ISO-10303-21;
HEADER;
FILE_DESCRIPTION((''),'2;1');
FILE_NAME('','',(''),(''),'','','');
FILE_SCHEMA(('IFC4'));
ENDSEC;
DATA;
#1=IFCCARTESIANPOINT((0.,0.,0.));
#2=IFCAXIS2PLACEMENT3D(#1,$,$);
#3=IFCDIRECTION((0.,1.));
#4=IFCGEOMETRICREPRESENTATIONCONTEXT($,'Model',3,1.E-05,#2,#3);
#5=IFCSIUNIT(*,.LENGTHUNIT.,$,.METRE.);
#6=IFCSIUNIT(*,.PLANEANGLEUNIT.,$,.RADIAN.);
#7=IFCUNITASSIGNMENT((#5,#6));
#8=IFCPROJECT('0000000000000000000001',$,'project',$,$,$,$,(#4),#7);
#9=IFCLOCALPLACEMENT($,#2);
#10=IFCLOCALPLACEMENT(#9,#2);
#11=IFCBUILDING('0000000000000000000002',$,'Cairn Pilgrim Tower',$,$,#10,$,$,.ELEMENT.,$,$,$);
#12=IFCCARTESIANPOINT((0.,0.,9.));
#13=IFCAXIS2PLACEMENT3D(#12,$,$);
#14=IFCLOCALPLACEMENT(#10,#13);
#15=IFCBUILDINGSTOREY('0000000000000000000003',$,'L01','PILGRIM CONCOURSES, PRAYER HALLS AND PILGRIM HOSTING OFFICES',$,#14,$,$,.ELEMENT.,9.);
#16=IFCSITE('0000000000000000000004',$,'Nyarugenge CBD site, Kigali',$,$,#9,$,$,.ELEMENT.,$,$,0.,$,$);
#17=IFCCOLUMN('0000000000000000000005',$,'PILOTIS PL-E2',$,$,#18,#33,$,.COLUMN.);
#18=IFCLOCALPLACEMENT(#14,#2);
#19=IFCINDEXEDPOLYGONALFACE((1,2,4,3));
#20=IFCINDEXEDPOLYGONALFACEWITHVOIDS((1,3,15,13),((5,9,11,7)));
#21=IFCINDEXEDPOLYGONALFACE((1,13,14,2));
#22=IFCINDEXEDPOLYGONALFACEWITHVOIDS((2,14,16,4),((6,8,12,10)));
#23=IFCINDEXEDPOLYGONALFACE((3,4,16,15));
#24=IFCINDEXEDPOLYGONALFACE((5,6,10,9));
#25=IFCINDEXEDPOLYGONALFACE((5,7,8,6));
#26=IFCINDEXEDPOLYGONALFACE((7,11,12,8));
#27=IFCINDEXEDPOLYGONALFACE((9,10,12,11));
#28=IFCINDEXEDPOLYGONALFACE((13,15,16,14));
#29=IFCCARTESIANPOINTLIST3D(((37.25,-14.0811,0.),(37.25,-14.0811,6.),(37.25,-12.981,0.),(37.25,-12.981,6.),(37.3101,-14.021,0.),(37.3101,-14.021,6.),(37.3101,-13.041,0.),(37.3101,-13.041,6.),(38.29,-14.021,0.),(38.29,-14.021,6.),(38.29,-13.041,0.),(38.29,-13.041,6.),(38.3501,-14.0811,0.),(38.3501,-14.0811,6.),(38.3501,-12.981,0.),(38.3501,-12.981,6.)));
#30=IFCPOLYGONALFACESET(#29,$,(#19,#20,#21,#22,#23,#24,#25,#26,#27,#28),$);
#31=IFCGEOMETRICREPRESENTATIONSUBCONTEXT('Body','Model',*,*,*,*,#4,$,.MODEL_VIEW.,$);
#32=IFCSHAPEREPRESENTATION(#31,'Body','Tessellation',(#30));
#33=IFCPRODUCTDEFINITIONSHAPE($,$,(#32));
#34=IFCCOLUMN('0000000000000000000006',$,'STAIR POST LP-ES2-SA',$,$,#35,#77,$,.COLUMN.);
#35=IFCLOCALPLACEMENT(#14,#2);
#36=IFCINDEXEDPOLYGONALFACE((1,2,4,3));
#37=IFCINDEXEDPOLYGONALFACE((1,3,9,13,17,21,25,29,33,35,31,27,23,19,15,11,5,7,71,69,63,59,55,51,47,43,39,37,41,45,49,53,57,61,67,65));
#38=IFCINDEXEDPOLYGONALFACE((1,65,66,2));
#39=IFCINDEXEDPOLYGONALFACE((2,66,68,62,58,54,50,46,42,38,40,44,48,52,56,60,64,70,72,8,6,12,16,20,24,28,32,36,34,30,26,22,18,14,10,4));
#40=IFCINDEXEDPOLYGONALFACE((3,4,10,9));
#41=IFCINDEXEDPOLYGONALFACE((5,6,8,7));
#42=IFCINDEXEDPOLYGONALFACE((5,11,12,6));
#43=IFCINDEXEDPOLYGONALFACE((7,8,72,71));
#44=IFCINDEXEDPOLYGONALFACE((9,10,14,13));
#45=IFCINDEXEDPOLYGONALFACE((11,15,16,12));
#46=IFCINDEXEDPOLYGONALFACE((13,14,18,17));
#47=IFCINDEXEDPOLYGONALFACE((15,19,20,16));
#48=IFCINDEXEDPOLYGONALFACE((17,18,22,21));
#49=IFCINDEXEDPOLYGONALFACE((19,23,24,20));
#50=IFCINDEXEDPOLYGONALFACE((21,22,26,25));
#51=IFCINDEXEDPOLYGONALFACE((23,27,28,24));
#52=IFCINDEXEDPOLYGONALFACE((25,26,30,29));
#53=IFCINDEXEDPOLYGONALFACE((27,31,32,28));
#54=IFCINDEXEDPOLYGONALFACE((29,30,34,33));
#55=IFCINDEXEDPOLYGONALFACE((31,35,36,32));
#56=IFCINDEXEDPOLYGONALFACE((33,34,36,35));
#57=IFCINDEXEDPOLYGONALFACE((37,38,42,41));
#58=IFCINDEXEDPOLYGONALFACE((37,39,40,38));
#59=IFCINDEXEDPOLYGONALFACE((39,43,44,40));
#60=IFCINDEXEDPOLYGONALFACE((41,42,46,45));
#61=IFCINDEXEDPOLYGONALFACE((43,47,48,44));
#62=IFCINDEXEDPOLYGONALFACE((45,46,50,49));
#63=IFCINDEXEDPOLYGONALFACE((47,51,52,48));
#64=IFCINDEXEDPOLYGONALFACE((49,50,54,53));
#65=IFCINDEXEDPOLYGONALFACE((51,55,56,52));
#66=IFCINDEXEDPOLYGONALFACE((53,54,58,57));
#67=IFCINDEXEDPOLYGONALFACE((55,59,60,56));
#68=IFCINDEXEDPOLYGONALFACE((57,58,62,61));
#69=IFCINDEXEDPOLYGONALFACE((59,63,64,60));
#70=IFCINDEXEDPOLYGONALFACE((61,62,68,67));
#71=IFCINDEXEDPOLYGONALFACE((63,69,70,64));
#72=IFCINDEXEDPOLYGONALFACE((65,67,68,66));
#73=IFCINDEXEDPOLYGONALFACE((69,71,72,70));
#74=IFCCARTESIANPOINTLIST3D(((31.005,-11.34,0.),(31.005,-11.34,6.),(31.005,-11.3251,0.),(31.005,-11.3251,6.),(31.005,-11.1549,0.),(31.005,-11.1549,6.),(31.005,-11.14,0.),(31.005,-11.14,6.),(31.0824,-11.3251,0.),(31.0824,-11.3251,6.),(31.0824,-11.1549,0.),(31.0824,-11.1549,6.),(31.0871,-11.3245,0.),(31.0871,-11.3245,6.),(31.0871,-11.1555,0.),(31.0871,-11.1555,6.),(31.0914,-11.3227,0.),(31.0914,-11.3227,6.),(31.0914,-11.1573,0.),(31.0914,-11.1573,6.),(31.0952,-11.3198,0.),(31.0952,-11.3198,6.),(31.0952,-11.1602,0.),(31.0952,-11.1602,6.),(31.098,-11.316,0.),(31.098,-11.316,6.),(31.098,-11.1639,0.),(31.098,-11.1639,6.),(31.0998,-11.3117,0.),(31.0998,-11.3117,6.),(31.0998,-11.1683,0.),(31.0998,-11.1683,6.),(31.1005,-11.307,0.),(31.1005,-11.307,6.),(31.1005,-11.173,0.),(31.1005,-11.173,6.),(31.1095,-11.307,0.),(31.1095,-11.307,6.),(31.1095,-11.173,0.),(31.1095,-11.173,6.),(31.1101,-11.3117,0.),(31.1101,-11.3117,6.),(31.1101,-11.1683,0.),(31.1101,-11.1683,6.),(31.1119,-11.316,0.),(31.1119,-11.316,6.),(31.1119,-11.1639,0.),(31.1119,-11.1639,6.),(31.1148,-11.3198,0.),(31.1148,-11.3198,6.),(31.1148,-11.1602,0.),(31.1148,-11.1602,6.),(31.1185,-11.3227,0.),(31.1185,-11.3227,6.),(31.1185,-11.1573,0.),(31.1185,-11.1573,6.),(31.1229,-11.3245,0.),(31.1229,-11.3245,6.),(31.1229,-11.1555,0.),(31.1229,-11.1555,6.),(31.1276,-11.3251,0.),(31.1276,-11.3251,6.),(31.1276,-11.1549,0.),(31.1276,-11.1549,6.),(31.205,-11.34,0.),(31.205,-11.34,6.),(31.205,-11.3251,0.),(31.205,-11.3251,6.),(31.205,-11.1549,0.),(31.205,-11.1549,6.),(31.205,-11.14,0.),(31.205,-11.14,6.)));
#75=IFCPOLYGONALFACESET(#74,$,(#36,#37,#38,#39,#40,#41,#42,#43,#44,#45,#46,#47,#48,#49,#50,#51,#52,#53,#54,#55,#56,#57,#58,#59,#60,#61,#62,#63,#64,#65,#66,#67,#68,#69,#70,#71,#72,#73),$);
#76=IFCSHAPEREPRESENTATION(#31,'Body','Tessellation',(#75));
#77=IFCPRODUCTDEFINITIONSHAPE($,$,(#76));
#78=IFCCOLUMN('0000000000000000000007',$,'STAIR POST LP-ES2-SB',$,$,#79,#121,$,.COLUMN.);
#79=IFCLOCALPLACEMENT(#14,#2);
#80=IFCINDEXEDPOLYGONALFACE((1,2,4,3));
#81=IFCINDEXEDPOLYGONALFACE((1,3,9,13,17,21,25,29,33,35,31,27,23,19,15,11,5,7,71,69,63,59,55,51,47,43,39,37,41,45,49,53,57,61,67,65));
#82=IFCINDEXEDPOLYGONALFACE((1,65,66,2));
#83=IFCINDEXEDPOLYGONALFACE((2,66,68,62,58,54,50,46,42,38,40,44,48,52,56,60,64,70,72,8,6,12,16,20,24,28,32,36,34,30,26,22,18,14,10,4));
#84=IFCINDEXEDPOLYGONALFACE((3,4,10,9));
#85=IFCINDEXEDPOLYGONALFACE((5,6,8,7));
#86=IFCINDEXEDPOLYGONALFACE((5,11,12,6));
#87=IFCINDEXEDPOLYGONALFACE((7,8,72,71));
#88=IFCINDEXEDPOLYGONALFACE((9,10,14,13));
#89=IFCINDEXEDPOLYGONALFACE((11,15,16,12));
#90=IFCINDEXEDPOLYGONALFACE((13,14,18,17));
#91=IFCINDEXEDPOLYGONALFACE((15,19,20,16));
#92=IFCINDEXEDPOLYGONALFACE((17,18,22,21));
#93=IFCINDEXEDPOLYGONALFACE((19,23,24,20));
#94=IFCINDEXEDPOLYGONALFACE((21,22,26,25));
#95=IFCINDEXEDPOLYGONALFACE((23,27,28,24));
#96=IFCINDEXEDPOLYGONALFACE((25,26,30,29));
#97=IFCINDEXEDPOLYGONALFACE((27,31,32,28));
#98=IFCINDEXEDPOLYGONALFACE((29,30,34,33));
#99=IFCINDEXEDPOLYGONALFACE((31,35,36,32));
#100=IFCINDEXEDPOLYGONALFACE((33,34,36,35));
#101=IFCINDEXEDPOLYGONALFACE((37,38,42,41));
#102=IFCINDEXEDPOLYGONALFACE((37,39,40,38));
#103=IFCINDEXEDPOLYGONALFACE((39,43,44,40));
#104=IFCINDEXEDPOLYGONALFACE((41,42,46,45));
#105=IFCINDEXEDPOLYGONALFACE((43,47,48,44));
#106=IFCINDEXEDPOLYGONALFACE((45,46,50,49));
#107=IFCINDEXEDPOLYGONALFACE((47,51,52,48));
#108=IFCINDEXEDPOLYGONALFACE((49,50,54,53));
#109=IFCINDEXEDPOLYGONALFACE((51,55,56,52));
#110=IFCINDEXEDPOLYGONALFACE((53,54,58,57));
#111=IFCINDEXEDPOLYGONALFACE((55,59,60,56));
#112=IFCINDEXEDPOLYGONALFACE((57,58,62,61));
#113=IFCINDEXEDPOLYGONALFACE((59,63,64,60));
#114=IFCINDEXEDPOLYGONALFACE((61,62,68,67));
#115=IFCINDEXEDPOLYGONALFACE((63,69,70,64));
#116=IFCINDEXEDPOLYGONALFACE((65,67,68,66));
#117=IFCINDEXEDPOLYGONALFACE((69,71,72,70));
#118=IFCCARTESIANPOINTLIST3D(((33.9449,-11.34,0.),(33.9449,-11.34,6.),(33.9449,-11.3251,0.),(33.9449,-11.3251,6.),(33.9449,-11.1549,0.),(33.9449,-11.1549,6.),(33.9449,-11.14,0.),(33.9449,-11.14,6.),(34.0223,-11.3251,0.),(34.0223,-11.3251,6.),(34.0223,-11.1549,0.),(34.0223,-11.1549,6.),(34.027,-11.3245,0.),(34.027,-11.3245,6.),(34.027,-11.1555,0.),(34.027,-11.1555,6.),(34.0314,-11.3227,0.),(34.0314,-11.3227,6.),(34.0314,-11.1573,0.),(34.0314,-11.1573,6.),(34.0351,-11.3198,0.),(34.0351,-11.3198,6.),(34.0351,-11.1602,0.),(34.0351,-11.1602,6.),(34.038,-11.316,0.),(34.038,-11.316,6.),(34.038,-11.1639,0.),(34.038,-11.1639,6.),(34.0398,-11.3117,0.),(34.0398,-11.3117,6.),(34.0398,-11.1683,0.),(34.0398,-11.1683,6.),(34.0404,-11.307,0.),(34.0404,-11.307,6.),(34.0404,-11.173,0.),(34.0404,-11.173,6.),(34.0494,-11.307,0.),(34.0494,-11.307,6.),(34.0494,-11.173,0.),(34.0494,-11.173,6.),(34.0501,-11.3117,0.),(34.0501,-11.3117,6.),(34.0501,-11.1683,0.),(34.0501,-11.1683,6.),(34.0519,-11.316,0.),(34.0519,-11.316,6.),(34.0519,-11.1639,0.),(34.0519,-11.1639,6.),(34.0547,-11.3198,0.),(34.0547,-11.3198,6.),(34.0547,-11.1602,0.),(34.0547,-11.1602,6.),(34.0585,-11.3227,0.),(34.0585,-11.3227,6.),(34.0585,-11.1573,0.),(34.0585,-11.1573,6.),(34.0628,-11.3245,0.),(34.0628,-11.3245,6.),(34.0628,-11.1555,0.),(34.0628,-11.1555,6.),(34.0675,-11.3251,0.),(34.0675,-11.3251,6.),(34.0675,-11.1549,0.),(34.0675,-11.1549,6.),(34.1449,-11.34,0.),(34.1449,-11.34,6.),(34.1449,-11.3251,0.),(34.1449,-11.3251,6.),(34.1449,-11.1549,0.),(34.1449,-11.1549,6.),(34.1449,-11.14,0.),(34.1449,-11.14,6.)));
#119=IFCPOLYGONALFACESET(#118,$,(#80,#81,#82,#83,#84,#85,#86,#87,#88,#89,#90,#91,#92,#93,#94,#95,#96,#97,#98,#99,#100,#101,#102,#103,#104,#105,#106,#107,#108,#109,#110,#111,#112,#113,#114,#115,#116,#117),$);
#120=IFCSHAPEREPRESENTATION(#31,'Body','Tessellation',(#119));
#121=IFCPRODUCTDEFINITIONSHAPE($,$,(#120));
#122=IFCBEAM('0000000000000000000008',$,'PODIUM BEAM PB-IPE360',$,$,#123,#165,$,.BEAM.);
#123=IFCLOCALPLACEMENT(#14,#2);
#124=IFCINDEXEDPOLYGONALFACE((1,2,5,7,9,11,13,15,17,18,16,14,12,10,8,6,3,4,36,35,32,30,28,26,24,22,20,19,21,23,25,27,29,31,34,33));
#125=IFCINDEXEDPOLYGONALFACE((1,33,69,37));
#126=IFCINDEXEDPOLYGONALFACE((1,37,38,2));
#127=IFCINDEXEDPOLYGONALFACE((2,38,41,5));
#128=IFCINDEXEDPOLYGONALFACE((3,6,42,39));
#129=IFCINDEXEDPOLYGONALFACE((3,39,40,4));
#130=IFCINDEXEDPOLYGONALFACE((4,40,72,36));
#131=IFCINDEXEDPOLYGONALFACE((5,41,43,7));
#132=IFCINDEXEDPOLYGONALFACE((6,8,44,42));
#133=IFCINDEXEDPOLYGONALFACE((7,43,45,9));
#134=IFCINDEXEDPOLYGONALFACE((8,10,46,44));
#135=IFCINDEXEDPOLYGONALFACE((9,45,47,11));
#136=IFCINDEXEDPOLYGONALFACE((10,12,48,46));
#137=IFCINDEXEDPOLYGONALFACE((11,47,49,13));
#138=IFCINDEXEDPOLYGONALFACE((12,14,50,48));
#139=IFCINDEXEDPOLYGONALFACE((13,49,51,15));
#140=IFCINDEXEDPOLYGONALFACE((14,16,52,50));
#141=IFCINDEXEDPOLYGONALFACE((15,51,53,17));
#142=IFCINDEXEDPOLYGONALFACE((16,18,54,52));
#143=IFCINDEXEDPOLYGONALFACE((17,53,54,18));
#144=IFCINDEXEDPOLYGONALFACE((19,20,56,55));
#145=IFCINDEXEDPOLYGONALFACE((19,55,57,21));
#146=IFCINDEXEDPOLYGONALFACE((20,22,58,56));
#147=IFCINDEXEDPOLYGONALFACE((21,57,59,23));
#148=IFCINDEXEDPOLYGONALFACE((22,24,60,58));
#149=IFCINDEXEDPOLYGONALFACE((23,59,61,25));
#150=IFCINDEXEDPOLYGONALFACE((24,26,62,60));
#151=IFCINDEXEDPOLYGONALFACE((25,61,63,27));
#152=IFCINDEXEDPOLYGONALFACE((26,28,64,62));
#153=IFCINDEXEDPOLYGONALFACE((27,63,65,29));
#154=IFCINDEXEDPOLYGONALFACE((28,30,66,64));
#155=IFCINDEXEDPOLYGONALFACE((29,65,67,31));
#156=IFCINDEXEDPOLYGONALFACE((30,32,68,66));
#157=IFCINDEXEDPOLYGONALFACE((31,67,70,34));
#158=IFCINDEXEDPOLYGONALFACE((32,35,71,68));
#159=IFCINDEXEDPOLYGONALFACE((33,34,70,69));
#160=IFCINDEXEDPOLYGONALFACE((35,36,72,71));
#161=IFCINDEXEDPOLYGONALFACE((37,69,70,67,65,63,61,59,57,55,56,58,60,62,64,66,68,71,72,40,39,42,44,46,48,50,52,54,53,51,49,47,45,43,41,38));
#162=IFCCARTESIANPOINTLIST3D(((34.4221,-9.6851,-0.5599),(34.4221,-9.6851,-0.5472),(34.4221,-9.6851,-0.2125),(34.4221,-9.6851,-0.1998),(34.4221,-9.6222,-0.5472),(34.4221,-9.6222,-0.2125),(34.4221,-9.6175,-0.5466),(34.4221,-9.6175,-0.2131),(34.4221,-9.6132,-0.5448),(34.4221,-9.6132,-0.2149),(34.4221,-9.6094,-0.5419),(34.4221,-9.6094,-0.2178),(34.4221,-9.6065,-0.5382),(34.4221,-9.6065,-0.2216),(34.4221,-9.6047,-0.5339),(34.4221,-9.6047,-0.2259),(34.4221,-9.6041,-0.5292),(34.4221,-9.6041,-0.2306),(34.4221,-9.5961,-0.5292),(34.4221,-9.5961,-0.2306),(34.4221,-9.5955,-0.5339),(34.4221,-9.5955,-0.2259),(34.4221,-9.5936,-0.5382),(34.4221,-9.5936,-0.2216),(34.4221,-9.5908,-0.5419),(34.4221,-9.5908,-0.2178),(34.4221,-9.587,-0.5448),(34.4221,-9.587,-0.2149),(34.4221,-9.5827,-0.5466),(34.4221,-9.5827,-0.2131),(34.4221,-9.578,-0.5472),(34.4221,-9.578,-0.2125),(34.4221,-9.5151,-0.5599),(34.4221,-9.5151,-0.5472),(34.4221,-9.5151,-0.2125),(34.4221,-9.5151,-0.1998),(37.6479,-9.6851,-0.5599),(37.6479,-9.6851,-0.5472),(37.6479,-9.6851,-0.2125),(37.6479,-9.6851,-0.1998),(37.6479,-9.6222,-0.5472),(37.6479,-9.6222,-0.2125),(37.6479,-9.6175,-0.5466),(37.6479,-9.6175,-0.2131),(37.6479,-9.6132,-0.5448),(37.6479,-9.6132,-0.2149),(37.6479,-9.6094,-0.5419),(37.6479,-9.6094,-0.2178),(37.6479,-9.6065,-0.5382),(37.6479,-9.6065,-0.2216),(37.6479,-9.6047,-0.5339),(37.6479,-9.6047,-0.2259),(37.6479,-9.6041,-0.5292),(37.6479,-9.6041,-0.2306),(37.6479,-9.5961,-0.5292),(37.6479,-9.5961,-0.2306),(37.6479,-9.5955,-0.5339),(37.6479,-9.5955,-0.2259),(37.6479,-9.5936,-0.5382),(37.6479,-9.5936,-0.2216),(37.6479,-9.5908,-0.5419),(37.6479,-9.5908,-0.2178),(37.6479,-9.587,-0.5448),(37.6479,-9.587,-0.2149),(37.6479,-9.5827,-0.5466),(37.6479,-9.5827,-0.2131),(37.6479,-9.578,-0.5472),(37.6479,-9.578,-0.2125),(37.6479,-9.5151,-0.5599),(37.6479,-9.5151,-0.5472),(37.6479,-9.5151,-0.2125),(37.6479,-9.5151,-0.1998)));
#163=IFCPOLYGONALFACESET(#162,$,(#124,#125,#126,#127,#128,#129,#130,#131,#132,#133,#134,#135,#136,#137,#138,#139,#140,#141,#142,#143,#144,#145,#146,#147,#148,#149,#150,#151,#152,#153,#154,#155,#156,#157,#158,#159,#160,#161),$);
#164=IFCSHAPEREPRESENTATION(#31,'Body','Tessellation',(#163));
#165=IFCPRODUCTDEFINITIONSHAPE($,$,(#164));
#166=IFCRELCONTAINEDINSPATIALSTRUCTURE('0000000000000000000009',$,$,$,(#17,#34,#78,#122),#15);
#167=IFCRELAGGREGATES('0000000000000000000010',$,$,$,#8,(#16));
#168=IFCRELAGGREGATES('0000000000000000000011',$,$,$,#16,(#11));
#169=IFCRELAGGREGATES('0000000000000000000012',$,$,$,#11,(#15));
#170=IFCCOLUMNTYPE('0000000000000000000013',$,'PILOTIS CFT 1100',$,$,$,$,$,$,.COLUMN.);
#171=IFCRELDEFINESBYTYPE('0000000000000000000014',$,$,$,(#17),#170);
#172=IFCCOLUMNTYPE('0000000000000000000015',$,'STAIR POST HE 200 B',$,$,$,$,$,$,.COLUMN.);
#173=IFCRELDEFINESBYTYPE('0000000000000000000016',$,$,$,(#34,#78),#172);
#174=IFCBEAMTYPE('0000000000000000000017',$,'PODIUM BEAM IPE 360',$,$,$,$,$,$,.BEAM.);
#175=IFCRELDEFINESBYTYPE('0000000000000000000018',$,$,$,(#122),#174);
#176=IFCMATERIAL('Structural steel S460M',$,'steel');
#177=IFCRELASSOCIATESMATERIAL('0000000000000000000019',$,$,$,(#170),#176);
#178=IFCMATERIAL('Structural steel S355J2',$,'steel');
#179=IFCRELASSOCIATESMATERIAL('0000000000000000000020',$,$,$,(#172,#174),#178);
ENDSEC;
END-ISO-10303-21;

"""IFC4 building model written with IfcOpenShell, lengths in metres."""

from ifc_helpers import new_model, si_unit, direction, frame, origin, origin_2d, place, context, subcontext, project, spatial, hollow_rectangle, i_section, extrude, material, material_profile, profile_set, type_object, element, save


model = new_model("IFC4")

# Units and contexts
model_context = context("Model", 3, precision=1e-05, world=origin(), true_north=direction((0.0, 1.0)))
body_context = subcontext(model_context, "Body", "Model", "MODEL_VIEW")
ifc_project = project(units=[si_unit("LENGTHUNIT", "METRE"), si_unit("PLANEANGLEUNIT", "RADIAN")], contexts=[model_context])

# Site, building, storey
site_placement = place(None, origin())
site = spatial("IfcSite", under=ifc_project, at=site_placement, Name="Nyarugenge CBD site, Kigali", CompositionType="ELEMENT", RefElevation=0.0)
building_placement = place(site_placement, origin())
building = spatial("IfcBuilding", under=site, at=building_placement, Name="Cairn Pilgrim Tower", CompositionType="ELEMENT")
storey_placement = place(building_placement, frame((0.0, 0.0, 9.0)))
storey = spatial("IfcBuildingStorey", under=building, at=storey_placement, Name="L01", Description="PILGRIM CONCOURSES, PRAYER HALLS AND PILGRIM HOSTING OFFICES", CompositionType="ELEMENT", Elevation=9.0)

# Columns
ifc_material_1 = material(Name="Structural steel S460M", Category="steel")
ifc_material_profile_1 = material_profile(ifc_material_1, hollow_rectangle(XDim=1.1001, YDim=1.1001, WallThickness=0.0601, at=origin_2d()), Name="BOX 1100x1100x60")
ifc_profile_set_1 = profile_set([ifc_material_profile_1], Name="Structural steel S460M")
column_type_1 = type_object("IfcColumnType", Name="PILOTIS CFT 1100", PredefinedType="COLUMN", material=ifc_profile_set_1)
column_placement = place(storey_placement, frame((37.8, -13.531, 0.0), z_axis=(0.0, 0.0, 1.0), x_axis=(1.0, 0.0, 0.0)))
element("IfcColumn", 1, at=column_placement, inside=storey, type_object=column_type_1, Name="PILOTIS PL-E2", PredefinedType="COLUMN", context=body_context, shape_type="SweptSolid", body=[
    extrude(hollow_rectangle(XDim=1.1001, YDim=1.1001, WallThickness=0.0601, at=origin_2d()), origin(), (0.0, 0.0, 1.0), 6.0),
])
ifc_material_2 = material(Name="Structural steel S355J2", Category="steel")
ifc_material_profile_2 = material_profile(ifc_material_2, i_section(OverallWidth=0.2, OverallDepth=0.2, WebThickness=0.009, FlangeThickness=0.0149, FilletRadius=0.0181, at=origin_2d()), Name="HE 200 B")
ifc_profile_set_2 = profile_set([ifc_material_profile_2], Name="Structural steel S355J2")
column_type_2 = type_object("IfcColumnType", Name="STAIR POST HE 200 B", PredefinedType="COLUMN", material=ifc_profile_set_2)
for number, where, z_axis, x_axis, name in (
    (2, (31.105, -11.24, 0.0), (0.0, 0.0, 1.0), (1.0, 0.0, 0.0), "STAIR POST LP-ES2-SA"),
    (3, (34.0449, -11.24, 0.0), (0.0, 0.0, 1.0), (1.0, 0.0, 0.0), "STAIR POST LP-ES2-SB"),
):
    element("IfcColumn", number, at=place(storey_placement, frame(where, z_axis=z_axis, x_axis=x_axis)), inside=storey, type_object=column_type_2, Name=name, PredefinedType="COLUMN", context=body_context, shape_type="SweptSolid", body=[
        extrude(i_section(OverallWidth=0.2, OverallDepth=0.2, WebThickness=0.009, FlangeThickness=0.0149, FilletRadius=0.0181, at=origin_2d()), origin(), (0.0, 0.0, 1.0), 6.0),
    ])

# Beam
ifc_material_profile_3 = material_profile(ifc_material_2, i_section(OverallWidth=0.1699, OverallDepth=0.3601, WebThickness=0.0081, FlangeThickness=0.0127, FilletRadius=0.0181, at=origin_2d()), Name="IPE 360")
ifc_profile_set_3 = profile_set([ifc_material_profile_3], Name="Structural steel S355J2")
beam_type_1 = type_object("IfcBeamType", Name="PODIUM BEAM IPE 360", PredefinedType="BEAM", material=ifc_profile_set_3)
beam_1_placement = place(storey_placement, frame((34.4221, -9.6001, -0.3799), z_axis=(1.0, 0.0, 0.0), x_axis=(0.0, 1.0, 0.0)))
element("IfcBeam", 4, at=beam_1_placement, inside=storey, type_object=beam_type_1, Name="PODIUM BEAM PB-IPE360", PredefinedType="BEAM", context=body_context, shape_type="SweptSolid", body=[
    extrude(i_section(OverallWidth=0.1699, OverallDepth=0.3601, WebThickness=0.0081, FlangeThickness=0.0127, FilletRadius=0.0181, at=origin_2d()), origin(), (0.0, 0.0, 1.0), 3.2258),
])

save(model, "model.ifc")
